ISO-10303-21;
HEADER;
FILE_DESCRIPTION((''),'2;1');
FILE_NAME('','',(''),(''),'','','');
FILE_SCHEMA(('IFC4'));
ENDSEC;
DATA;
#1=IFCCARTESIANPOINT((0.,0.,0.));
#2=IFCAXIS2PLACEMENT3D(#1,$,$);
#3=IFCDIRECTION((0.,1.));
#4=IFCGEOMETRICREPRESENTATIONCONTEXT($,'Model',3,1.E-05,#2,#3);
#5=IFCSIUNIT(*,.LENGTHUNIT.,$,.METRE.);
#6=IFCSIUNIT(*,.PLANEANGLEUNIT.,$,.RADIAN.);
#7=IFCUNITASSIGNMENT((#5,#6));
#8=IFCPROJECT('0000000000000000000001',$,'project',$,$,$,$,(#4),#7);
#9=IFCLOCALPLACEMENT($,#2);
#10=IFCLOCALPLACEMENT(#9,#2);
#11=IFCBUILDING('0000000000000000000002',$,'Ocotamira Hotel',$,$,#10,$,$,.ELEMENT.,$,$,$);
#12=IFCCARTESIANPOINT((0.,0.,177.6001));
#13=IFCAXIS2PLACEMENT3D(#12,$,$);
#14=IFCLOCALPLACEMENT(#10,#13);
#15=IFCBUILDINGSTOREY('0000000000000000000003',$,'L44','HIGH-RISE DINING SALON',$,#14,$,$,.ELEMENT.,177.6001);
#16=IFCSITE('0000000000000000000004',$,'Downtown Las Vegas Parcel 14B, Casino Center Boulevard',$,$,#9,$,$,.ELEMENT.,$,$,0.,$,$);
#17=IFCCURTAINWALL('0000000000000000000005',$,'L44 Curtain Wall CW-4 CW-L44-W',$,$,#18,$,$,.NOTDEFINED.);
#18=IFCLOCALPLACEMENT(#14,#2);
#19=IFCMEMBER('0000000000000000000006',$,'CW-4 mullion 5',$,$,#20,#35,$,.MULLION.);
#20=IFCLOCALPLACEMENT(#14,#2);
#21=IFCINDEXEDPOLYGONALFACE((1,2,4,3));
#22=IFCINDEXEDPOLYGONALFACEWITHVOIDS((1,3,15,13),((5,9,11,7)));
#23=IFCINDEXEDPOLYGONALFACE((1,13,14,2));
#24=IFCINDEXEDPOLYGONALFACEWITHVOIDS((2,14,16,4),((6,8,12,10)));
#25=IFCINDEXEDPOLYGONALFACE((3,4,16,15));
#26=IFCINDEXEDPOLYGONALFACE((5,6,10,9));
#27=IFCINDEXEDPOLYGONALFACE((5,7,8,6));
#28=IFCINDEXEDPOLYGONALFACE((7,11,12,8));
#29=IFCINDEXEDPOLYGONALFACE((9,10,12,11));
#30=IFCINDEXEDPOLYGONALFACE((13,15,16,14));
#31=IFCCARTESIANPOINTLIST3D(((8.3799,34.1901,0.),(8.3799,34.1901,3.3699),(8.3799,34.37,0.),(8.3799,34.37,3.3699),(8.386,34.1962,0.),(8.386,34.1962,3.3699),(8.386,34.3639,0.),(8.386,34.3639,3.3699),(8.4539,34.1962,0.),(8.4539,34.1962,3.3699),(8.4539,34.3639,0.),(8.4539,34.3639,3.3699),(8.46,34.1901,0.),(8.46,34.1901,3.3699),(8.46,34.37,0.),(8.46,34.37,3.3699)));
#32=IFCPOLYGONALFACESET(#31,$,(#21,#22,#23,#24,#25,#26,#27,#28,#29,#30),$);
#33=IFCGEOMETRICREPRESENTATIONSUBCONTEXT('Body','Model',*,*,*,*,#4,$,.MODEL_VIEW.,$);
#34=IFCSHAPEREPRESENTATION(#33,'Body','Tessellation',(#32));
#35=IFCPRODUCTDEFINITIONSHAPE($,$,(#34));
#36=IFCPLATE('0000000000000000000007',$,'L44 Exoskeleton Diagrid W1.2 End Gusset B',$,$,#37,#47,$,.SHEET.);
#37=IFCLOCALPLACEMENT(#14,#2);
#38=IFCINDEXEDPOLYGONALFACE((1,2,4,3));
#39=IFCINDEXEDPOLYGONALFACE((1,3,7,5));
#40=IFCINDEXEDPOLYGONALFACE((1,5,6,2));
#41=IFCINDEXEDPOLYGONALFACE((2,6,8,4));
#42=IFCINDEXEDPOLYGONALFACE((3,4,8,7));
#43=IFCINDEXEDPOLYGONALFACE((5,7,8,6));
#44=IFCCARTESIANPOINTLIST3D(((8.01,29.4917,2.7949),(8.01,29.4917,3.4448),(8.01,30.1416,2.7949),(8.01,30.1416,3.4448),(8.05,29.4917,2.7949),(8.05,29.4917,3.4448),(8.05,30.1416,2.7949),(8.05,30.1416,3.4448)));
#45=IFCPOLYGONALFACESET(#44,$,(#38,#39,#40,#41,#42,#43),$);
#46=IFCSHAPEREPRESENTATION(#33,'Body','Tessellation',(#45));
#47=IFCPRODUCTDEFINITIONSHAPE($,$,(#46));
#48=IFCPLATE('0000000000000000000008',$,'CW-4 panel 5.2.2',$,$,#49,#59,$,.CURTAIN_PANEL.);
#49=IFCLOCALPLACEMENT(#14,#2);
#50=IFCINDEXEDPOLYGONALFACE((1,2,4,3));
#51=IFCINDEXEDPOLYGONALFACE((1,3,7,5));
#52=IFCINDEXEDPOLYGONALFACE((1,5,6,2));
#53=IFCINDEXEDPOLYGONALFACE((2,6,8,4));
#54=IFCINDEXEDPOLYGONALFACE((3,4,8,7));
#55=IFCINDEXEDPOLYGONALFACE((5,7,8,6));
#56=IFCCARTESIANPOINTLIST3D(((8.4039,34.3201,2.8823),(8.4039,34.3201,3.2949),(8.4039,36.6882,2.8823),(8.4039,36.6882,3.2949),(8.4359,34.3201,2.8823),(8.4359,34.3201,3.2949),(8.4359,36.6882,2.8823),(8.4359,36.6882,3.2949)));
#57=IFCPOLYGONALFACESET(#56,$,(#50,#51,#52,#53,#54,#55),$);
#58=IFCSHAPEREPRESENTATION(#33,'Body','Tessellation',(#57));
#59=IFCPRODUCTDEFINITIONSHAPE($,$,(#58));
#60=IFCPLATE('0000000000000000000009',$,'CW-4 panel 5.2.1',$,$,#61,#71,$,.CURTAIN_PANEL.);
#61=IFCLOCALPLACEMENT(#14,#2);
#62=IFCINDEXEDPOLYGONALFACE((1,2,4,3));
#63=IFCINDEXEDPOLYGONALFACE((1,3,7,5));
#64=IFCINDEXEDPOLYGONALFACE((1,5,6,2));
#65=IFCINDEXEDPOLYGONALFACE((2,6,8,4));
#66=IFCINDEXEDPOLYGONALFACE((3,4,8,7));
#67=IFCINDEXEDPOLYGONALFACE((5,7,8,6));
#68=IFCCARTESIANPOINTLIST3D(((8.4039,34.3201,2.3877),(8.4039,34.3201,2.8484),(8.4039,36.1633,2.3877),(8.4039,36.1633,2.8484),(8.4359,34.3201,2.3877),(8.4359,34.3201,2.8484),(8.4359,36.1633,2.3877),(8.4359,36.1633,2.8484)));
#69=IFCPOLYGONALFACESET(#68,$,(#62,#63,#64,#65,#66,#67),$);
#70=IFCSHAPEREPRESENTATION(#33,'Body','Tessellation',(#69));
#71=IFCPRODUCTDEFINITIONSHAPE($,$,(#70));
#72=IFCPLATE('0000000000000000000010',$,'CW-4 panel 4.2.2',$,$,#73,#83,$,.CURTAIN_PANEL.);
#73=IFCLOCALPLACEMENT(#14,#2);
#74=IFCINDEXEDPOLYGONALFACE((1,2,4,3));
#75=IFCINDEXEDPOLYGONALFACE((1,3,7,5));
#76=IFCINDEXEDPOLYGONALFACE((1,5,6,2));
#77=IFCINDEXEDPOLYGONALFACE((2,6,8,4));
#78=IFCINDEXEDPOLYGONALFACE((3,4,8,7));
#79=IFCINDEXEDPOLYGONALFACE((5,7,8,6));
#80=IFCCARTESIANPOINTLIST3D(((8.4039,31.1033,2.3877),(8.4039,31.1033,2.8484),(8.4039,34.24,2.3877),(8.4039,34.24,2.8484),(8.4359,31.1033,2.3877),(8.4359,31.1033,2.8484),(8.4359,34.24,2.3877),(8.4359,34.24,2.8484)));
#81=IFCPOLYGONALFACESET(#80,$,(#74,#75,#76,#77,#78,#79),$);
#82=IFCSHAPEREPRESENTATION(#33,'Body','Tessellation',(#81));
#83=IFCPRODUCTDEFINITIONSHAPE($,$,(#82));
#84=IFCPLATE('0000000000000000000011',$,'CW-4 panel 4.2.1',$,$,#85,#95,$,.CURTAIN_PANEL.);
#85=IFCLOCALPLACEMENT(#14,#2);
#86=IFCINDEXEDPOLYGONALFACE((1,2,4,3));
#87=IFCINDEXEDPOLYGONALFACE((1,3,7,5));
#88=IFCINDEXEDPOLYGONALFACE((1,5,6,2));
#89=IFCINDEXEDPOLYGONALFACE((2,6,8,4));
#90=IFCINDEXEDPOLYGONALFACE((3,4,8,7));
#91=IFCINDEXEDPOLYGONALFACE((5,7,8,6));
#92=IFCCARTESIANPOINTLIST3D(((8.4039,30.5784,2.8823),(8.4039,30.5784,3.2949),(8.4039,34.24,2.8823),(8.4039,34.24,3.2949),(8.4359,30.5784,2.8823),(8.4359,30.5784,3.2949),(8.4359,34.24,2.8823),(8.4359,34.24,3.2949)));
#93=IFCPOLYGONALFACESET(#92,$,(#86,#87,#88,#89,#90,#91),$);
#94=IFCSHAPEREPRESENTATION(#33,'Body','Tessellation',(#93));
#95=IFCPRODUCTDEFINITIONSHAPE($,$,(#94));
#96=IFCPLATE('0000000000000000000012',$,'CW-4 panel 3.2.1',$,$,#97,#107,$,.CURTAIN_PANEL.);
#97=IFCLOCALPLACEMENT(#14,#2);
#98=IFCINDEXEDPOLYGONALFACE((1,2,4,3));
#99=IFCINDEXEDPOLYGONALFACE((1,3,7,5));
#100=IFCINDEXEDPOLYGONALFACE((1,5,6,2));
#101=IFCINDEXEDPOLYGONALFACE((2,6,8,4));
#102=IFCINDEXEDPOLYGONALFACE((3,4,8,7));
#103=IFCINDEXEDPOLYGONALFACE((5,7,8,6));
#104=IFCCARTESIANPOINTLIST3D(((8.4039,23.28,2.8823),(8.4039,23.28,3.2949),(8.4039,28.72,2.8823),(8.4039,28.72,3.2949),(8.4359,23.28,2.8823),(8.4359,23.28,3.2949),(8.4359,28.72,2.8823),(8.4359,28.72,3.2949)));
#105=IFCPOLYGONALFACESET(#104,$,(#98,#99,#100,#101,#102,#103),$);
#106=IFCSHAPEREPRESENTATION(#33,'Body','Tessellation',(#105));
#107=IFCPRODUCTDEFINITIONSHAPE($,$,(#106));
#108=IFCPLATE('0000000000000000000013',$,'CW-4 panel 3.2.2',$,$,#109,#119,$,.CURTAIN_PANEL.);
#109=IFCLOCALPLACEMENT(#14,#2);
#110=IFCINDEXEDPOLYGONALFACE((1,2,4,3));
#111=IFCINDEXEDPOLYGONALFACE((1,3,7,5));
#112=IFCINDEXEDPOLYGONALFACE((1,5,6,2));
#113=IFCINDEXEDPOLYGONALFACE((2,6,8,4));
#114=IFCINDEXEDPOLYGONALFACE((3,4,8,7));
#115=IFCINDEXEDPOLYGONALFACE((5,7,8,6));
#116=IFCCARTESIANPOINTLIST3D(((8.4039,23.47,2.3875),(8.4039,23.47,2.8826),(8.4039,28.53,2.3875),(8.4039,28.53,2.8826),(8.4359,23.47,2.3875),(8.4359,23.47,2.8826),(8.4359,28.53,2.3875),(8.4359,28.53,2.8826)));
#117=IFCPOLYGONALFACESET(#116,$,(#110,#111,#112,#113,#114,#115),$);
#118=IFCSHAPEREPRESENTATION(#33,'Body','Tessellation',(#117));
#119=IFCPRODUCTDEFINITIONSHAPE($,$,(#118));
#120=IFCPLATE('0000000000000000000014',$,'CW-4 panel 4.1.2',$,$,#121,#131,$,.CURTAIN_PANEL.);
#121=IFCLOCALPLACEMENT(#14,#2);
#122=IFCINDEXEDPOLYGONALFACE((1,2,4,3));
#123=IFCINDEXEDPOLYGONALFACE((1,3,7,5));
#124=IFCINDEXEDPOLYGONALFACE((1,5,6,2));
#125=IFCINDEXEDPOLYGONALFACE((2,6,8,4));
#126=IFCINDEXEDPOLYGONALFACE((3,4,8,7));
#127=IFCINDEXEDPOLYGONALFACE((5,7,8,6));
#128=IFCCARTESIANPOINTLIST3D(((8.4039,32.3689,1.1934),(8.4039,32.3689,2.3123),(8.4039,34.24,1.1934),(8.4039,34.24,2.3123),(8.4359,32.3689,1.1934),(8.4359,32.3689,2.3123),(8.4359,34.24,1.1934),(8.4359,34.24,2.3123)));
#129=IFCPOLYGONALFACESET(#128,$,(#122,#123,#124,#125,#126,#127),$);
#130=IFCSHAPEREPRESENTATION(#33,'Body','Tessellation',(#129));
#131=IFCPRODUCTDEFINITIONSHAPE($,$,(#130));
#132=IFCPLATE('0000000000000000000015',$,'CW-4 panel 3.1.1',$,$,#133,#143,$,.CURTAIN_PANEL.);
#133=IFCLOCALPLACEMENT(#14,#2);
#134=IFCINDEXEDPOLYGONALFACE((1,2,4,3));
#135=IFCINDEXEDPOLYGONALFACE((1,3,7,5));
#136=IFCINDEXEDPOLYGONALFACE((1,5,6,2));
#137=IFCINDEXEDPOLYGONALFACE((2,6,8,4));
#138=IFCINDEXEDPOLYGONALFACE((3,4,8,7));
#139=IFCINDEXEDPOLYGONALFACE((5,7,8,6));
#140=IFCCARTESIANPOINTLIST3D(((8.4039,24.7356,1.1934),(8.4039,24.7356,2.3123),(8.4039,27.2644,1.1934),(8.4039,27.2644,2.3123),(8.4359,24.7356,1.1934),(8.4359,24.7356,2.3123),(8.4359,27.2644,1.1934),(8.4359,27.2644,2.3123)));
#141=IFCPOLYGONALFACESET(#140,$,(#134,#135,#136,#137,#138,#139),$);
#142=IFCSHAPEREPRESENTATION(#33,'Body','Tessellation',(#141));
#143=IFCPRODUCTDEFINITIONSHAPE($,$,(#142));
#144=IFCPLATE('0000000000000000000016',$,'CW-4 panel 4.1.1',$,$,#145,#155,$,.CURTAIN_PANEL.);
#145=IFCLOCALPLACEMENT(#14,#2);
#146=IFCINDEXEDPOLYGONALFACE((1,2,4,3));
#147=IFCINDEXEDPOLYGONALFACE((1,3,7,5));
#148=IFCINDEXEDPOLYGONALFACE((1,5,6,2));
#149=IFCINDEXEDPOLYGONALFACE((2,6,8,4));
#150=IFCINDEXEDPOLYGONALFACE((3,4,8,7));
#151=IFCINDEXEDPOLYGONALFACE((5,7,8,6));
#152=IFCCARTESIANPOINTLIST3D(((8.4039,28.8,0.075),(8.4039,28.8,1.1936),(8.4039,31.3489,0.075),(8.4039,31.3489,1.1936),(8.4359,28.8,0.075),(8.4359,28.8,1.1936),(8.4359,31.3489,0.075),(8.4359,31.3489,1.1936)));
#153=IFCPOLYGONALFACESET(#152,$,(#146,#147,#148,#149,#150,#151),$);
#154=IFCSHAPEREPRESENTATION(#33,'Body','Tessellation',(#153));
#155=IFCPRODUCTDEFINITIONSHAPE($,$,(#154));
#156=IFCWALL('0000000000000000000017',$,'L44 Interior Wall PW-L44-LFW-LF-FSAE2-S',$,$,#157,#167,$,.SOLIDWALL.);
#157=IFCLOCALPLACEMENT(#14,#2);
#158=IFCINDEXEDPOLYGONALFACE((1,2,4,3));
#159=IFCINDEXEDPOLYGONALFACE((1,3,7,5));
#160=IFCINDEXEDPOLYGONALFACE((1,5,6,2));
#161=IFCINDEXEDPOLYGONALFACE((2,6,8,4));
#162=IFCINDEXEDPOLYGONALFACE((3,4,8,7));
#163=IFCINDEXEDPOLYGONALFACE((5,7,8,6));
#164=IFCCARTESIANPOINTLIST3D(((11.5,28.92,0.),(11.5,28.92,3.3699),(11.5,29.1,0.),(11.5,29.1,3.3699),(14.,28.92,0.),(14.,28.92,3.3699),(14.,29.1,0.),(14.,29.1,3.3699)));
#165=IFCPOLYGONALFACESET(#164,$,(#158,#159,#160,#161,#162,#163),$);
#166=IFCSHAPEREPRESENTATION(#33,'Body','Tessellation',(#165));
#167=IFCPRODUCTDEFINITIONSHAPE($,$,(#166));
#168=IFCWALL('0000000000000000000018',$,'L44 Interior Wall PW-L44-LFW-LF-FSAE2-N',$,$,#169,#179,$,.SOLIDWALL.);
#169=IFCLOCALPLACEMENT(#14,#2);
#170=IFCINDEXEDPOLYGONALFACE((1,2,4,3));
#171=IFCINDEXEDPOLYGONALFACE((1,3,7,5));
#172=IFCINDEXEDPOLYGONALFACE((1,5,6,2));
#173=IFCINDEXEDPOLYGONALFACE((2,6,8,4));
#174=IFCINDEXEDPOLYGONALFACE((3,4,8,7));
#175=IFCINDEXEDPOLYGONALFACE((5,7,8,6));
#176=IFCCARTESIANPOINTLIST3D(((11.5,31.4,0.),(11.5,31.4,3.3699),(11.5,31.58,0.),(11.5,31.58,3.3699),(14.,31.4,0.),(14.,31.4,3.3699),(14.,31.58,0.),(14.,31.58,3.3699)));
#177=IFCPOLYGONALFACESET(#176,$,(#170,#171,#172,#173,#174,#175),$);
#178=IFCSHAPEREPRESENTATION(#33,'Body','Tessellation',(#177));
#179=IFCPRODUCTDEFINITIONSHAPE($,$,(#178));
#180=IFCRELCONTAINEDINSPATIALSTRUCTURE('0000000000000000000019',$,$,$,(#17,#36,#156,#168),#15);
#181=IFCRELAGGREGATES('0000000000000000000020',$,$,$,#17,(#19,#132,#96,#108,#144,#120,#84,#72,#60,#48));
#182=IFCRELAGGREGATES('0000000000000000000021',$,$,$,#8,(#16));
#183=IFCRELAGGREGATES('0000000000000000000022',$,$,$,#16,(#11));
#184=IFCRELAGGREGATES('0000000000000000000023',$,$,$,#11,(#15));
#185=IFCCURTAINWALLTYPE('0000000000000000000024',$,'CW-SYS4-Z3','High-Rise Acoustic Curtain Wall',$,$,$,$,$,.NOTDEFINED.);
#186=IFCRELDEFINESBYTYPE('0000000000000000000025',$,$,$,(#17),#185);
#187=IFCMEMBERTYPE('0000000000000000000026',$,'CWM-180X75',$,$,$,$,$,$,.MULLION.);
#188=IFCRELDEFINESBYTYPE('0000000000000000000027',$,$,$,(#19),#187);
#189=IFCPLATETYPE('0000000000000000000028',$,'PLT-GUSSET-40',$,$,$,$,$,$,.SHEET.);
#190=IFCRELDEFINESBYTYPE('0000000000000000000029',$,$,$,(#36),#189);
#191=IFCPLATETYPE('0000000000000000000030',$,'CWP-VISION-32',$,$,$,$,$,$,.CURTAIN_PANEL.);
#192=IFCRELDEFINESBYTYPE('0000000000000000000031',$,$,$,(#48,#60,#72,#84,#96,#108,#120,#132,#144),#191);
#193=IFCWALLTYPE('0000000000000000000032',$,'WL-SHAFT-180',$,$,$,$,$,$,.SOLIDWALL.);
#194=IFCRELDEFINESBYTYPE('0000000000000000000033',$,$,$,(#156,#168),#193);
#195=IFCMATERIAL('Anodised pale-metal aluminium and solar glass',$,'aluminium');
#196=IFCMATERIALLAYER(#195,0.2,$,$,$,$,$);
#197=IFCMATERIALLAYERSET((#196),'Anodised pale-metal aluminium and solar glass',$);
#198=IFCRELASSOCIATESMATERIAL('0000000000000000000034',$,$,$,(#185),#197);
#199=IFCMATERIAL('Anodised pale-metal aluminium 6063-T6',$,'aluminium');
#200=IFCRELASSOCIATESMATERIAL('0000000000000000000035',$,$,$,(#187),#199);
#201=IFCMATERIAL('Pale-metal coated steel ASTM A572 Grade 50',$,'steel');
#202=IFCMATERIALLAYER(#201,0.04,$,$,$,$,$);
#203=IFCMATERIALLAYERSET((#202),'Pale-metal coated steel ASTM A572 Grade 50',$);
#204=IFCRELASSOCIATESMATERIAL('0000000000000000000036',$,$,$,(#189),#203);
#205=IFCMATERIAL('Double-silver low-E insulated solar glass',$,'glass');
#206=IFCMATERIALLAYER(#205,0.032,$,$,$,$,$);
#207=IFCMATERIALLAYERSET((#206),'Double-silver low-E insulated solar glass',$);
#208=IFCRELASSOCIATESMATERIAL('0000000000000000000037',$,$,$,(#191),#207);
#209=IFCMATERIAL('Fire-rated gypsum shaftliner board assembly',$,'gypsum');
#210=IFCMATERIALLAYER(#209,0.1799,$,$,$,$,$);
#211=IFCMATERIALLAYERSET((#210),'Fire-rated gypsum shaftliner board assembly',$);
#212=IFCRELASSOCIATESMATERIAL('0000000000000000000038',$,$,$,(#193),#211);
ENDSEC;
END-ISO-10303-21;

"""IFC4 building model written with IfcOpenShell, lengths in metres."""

from ifc_helpers import new_model, si_unit, direction, frame, frame_2d, origin, origin_2d, place, context, subcontext, project, spatial, rectangle, hollow_rectangle, extrude, source, transform, mapped, material, layer, layer_set, material_profile, profile_set, type_object, element, aggregate, save


model = new_model("IFC4")

# Units and contexts
model_context = context("Model", 3, precision=1e-05, world=origin(), true_north=direction((0.0, 1.0)))
body_context = subcontext(model_context, "Body", "Model", "MODEL_VIEW")
ifc_project = project(units=[si_unit("LENGTHUNIT", "METRE"), si_unit("PLANEANGLEUNIT", "RADIAN")], contexts=[model_context])

# Site, building, storey
site_placement = place(None, origin())
site = spatial("IfcSite", under=ifc_project, at=site_placement, Name="Downtown Las Vegas Parcel 14B, Casino Center Boulevard", CompositionType="ELEMENT", RefElevation=0.0)
building_placement = place(site_placement, origin())
building = spatial("IfcBuilding", under=site, at=building_placement, Name="Ocotamira Hotel", CompositionType="ELEMENT")
storey_placement = place(building_placement, frame((0.0, 0.0, 177.6001)))
storey = spatial("IfcBuildingStorey", under=building, at=storey_placement, Name="L44", Description="HIGH-RISE DINING SALON", CompositionType="ELEMENT", Elevation=177.6001)

# Curtain wall, member
ifc_material_1 = material(Name="Anodised pale-metal aluminium and solar glass", Category="aluminium")
ifc_layer_1 = layer(ifc_material_1, 0.2)
ifc_layer_set_1 = layer_set([ifc_layer_1], Name="Anodised pale-metal aluminium and solar glass")
curtain_wall_type = type_object("IfcCurtainWallType", Name="CW-SYS4-Z3", Description="High-Rise Acoustic Curtain Wall", PredefinedType="NOTDEFINED", material=ifc_layer_set_1)
curtain_wall_placement = place(storey_placement, origin())
curtain_wall = element("IfcCurtainWall", 1, at=curtain_wall_placement, inside=storey, type_object=curtain_wall_type, Name="L44 Curtain Wall CW-4 CW-L44-W", PredefinedType="NOTDEFINED")
ifc_material_2 = material(Name="Anodised pale-metal aluminium 6063-T6", Category="aluminium")
ifc_material_profile_1 = material_profile(ifc_material_2, hollow_rectangle(XDim=0.0801, YDim=0.1799, WallThickness=0.0061, at=origin_2d()), Name="HSS180X80X6")
ifc_profile_set_1 = profile_set([ifc_material_profile_1], Name="Anodised pale-metal aluminium 6063-T6")
member_type_1 = type_object("IfcMemberType", Name="CWM-180X75", PredefinedType="MULLION", material=ifc_profile_set_1)
shared_shape_1 = source(origin(), body_context, "Body", "SweptSolid", [
    extrude(hollow_rectangle(XDim=0.0801, YDim=0.1799, WallThickness=0.0061, at=origin_2d()), origin(), (0.0, 0.0, 1.0), 3.3699),
])
member_1_placement = place(storey_placement, frame((8.4199, 34.28, 0.0), z_axis=(0.0, 0.0, 1.0), x_axis=(-1.0, 0.0, 0.0)))
member_1 = element("IfcMember", 2, at=member_1_placement, type_object=member_type_1, Name="CW-4 mullion 5", PredefinedType="MULLION", context=body_context, shape_type="MappedRepresentation", body=[
    mapped(shared_shape_1, transform((0.0, 0.0, 0.0), scale=1.0)),
])

# Plates
ifc_material_3 = material(Name="Pale-metal coated steel ASTM A572 Grade 50", Category="steel")
ifc_layer_2 = layer(ifc_material_3, 0.04)
ifc_layer_set_2 = layer_set([ifc_layer_2], Name="Pale-metal coated steel ASTM A572 Grade 50")
plate_type_1 = type_object("IfcPlateType", Name="PLT-GUSSET-40", PredefinedType="SHEET", material=ifc_layer_set_2)
shared_shape_2 = source(origin(), body_context, "Body", "SweptSolid", [
    extrude(rectangle(XDim=0.04, YDim=0.6499, at=origin_2d()), origin(), (0.0, 0.0, 1.0), 0.6499),
])
plate_1_placement = place(storey_placement, frame((8.03, 29.8167, 2.7949), z_axis=(0.0, 0.0, 1.0), x_axis=(1.0, 0.0, 0.0)))
element("IfcPlate", 3, at=plate_1_placement, inside=storey, type_object=plate_type_1, Name="L44 Exoskeleton Diagrid W1.2 End Gusset B", PredefinedType="SHEET", context=body_context, shape_type="MappedRepresentation", body=[
    mapped(shared_shape_2, transform((0.0, 0.0, 0.0), scale=1.0)),
])
ifc_material_4 = material(Name="Double-silver low-E insulated solar glass", Category="glass")
ifc_layer_3 = layer(ifc_material_4, 0.032)
ifc_layer_set_3 = layer_set([ifc_layer_3], Name="Double-silver low-E insulated solar glass")
plate_type_2 = type_object("IfcPlateType", Name="CWP-VISION-32", PredefinedType="CURTAIN_PANEL", material=ifc_layer_set_3)
shared_shape_3 = source(origin(), body_context, "Body", "SweptSolid", [
    extrude(rectangle(XDim=2.3682, YDim=0.032, at=origin_2d()), origin(), (0.0, 0.0, 1.0), 0.4126),
])
plate_2_placement = place(storey_placement, frame((8.4199, 35.5042, 2.8823), z_axis=(0.0, 0.0, 1.0), x_axis=(0.0, 1.0, 0.0)))
plate_2 = element("IfcPlate", 4, at=plate_2_placement, type_object=plate_type_2, Name="CW-4 panel 5.2.2", PredefinedType="CURTAIN_PANEL", context=body_context, shape_type="MappedRepresentation", body=[
    mapped(shared_shape_3, transform((0.0, 0.0, 0.0), scale=1.0)),
])
shared_shape_4 = source(origin(), body_context, "Body", "SweptSolid", [
    extrude(rectangle(XDim=1.8433, YDim=0.032, at=origin_2d()), origin(), (0.0, 0.0, 1.0), 0.4607),
])
plate_3_placement = place(storey_placement, frame((8.4199, 35.2417, 2.3877), z_axis=(0.0, 0.0, 1.0), x_axis=(0.0, 1.0, 0.0)))
plate_3 = element("IfcPlate", 5, at=plate_3_placement, type_object=plate_type_2, Name="CW-4 panel 5.2.1", PredefinedType="CURTAIN_PANEL", context=body_context, shape_type="MappedRepresentation", body=[
    mapped(shared_shape_4, transform((0.0, 0.0, 0.0), scale=1.0)),
])
shared_shape_5 = source(origin(), body_context, "Body", "SweptSolid", [
    extrude(rectangle(XDim=3.1367, YDim=0.032, at=origin_2d()), origin(), (0.0, 0.0, 1.0), 0.4607),
])
plate_4_placement = place(storey_placement, frame((8.4199, 32.6716, 2.3877), z_axis=(0.0, 0.0, 1.0), x_axis=(0.0, 1.0, 0.0)))
plate_4 = element("IfcPlate", 6, at=plate_4_placement, type_object=plate_type_2, Name="CW-4 panel 4.2.2", PredefinedType="CURTAIN_PANEL", context=body_context, shape_type="MappedRepresentation", body=[
    mapped(shared_shape_5, transform((0.0, 0.0, 0.0), scale=1.0)),
])
shared_shape_6 = source(origin(), body_context, "Body", "SweptSolid", [
    extrude(rectangle(XDim=3.6616, YDim=0.032, at=origin_2d()), origin(), (0.0, 0.0, 1.0), 0.4126),
])
plate_5_placement = place(storey_placement, frame((8.4199, 32.4092, 2.8823), z_axis=(0.0, 0.0, 1.0), x_axis=(0.0, 1.0, 0.0)))
plate_5 = element("IfcPlate", 7, at=plate_5_placement, type_object=plate_type_2, Name="CW-4 panel 4.2.1", PredefinedType="CURTAIN_PANEL", context=body_context, shape_type="MappedRepresentation", body=[
    mapped(shared_shape_6, transform((0.0, 0.0, 0.0), scale=1.0)),
])
shared_shape_7 = source(origin(), body_context, "Body", "SweptSolid", [
    extrude(rectangle(XDim=5.4399, YDim=0.032, at=origin_2d()), origin(), (0.0, 0.0, 1.0), 0.4126),
])
plate_6_placement = place(storey_placement, frame((8.4199, 26.0, 2.8823), z_axis=(0.0, 0.0, 1.0), x_axis=(0.0, 1.0, 0.0)))
plate_6 = element("IfcPlate", 8, at=plate_6_placement, type_object=plate_type_2, Name="CW-4 panel 3.2.1", PredefinedType="CURTAIN_PANEL", context=body_context, shape_type="MappedRepresentation", body=[
    mapped(shared_shape_7, transform((0.0, 0.0, 0.0), scale=1.0)),
])
shared_shape_8 = source(origin(), body_context, "Body", "SweptSolid", [
    extrude(rectangle(XDim=5.0601, YDim=0.032, at=origin_2d()), origin(), (0.0, 0.0, 1.0), 0.4951),
])
plate_7_placement = place(storey_placement, frame((8.4199, 26.0, 2.3875), z_axis=(0.0, 0.0, 1.0), x_axis=(0.0, 1.0, 0.0)))
plate_7 = element("IfcPlate", 9, at=plate_7_placement, type_object=plate_type_2, Name="CW-4 panel 3.2.2", PredefinedType="CURTAIN_PANEL", context=body_context, shape_type="MappedRepresentation", body=[
    mapped(shared_shape_8, transform((0.0, 0.0, 0.0), scale=1.0)),
])
shared_shape_9 = source(origin(), body_context, "Body", "SweptSolid", [
    extrude(rectangle(XDim=1.8711, YDim=0.032, at=origin_2d()), origin(), (0.0, 0.0, 1.0), 1.1189),
])
plate_8_placement = place(storey_placement, frame((8.4199, 33.3044, 1.1934), z_axis=(0.0, 0.0, 1.0), x_axis=(0.0, 1.0, 0.0)))
plate_8 = element("IfcPlate", 10, at=plate_8_placement, type_object=plate_type_2, Name="CW-4 panel 4.1.2", PredefinedType="CURTAIN_PANEL", context=body_context, shape_type="MappedRepresentation", body=[
    mapped(shared_shape_9, transform((0.0, 0.0, 0.0), scale=1.0)),
])
shared_shape_10 = source(origin(), body_context, "Body", "SweptSolid", [
    extrude(rectangle(XDim=2.5288, YDim=0.032, at=origin_2d()), origin(), (0.0, 0.0, 1.0), 1.1189),
])
plate_9_placement = place(storey_placement, frame((8.4199, 26.0, 1.1934), z_axis=(0.0, 0.0, 1.0), x_axis=(0.0, 1.0, 0.0)))
plate_9 = element("IfcPlate", 11, at=plate_9_placement, type_object=plate_type_2, Name="CW-4 panel 3.1.1", PredefinedType="CURTAIN_PANEL", context=body_context, shape_type="MappedRepresentation", body=[
    mapped(shared_shape_10, transform((0.0, 0.0, 0.0), scale=1.0)),
])
shared_shape_11 = source(origin(), body_context, "Body", "SweptSolid", [
    extrude(rectangle(XDim=2.5488, YDim=0.032, at=origin_2d()), origin(), (0.0, 0.0, 1.0), 1.1187),
])
plate_10_placement = place(storey_placement, frame((8.4199, 30.0745, 0.075), z_axis=(0.0, 0.0, 1.0), x_axis=(0.0, 1.0, 0.0)))
plate_10 = element("IfcPlate", 12, at=plate_10_placement, type_object=plate_type_2, Name="CW-4 panel 4.1.1", PredefinedType="CURTAIN_PANEL", context=body_context, shape_type="MappedRepresentation", body=[
    mapped(shared_shape_11, transform((0.0, 0.0, 0.0), scale=1.0)),
])
aggregate(curtain_wall, [member_1, plate_9, plate_6, plate_7, plate_10, plate_8, plate_5, plate_4, plate_3, plate_2])

# Walls
ifc_material_5 = material(Name="Fire-rated gypsum shaftliner board assembly", Category="gypsum")
ifc_layer_4 = layer(ifc_material_5, 0.1799)
ifc_layer_set_4 = layer_set([ifc_layer_4], Name="Fire-rated gypsum shaftliner board assembly")
wall_type_1 = type_object("IfcWallType", Name="WL-SHAFT-180", PredefinedType="SOLIDWALL", material=ifc_layer_set_4)
for number, where, z_axis, x_axis, name in (
    (13, (11.5, 29.01, 0.0), (0.0, 0.0, 1.0), (1.0, 0.0, 0.0), "L44 Interior Wall PW-L44-LFW-LF-FSAE2-S"),
    (14, (11.5, 31.49, 0.0), (0.0, 0.0, 1.0), (1.0, 0.0, 0.0), "L44 Interior Wall PW-L44-LFW-LF-FSAE2-N"),
):
    element("IfcWall", number, at=place(storey_placement, frame(where, z_axis=z_axis, x_axis=x_axis)), inside=storey, type_object=wall_type_1, Name=name, PredefinedType="SOLIDWALL", context=body_context, shape_type="SweptSolid", body=[
        extrude(rectangle(XDim=2.5, YDim=0.1799, at=frame_2d((1.25, 0.0))), origin(), (0.0, 0.0, 1.0), 3.3699),
    ])

save(model, "model.ifc")
